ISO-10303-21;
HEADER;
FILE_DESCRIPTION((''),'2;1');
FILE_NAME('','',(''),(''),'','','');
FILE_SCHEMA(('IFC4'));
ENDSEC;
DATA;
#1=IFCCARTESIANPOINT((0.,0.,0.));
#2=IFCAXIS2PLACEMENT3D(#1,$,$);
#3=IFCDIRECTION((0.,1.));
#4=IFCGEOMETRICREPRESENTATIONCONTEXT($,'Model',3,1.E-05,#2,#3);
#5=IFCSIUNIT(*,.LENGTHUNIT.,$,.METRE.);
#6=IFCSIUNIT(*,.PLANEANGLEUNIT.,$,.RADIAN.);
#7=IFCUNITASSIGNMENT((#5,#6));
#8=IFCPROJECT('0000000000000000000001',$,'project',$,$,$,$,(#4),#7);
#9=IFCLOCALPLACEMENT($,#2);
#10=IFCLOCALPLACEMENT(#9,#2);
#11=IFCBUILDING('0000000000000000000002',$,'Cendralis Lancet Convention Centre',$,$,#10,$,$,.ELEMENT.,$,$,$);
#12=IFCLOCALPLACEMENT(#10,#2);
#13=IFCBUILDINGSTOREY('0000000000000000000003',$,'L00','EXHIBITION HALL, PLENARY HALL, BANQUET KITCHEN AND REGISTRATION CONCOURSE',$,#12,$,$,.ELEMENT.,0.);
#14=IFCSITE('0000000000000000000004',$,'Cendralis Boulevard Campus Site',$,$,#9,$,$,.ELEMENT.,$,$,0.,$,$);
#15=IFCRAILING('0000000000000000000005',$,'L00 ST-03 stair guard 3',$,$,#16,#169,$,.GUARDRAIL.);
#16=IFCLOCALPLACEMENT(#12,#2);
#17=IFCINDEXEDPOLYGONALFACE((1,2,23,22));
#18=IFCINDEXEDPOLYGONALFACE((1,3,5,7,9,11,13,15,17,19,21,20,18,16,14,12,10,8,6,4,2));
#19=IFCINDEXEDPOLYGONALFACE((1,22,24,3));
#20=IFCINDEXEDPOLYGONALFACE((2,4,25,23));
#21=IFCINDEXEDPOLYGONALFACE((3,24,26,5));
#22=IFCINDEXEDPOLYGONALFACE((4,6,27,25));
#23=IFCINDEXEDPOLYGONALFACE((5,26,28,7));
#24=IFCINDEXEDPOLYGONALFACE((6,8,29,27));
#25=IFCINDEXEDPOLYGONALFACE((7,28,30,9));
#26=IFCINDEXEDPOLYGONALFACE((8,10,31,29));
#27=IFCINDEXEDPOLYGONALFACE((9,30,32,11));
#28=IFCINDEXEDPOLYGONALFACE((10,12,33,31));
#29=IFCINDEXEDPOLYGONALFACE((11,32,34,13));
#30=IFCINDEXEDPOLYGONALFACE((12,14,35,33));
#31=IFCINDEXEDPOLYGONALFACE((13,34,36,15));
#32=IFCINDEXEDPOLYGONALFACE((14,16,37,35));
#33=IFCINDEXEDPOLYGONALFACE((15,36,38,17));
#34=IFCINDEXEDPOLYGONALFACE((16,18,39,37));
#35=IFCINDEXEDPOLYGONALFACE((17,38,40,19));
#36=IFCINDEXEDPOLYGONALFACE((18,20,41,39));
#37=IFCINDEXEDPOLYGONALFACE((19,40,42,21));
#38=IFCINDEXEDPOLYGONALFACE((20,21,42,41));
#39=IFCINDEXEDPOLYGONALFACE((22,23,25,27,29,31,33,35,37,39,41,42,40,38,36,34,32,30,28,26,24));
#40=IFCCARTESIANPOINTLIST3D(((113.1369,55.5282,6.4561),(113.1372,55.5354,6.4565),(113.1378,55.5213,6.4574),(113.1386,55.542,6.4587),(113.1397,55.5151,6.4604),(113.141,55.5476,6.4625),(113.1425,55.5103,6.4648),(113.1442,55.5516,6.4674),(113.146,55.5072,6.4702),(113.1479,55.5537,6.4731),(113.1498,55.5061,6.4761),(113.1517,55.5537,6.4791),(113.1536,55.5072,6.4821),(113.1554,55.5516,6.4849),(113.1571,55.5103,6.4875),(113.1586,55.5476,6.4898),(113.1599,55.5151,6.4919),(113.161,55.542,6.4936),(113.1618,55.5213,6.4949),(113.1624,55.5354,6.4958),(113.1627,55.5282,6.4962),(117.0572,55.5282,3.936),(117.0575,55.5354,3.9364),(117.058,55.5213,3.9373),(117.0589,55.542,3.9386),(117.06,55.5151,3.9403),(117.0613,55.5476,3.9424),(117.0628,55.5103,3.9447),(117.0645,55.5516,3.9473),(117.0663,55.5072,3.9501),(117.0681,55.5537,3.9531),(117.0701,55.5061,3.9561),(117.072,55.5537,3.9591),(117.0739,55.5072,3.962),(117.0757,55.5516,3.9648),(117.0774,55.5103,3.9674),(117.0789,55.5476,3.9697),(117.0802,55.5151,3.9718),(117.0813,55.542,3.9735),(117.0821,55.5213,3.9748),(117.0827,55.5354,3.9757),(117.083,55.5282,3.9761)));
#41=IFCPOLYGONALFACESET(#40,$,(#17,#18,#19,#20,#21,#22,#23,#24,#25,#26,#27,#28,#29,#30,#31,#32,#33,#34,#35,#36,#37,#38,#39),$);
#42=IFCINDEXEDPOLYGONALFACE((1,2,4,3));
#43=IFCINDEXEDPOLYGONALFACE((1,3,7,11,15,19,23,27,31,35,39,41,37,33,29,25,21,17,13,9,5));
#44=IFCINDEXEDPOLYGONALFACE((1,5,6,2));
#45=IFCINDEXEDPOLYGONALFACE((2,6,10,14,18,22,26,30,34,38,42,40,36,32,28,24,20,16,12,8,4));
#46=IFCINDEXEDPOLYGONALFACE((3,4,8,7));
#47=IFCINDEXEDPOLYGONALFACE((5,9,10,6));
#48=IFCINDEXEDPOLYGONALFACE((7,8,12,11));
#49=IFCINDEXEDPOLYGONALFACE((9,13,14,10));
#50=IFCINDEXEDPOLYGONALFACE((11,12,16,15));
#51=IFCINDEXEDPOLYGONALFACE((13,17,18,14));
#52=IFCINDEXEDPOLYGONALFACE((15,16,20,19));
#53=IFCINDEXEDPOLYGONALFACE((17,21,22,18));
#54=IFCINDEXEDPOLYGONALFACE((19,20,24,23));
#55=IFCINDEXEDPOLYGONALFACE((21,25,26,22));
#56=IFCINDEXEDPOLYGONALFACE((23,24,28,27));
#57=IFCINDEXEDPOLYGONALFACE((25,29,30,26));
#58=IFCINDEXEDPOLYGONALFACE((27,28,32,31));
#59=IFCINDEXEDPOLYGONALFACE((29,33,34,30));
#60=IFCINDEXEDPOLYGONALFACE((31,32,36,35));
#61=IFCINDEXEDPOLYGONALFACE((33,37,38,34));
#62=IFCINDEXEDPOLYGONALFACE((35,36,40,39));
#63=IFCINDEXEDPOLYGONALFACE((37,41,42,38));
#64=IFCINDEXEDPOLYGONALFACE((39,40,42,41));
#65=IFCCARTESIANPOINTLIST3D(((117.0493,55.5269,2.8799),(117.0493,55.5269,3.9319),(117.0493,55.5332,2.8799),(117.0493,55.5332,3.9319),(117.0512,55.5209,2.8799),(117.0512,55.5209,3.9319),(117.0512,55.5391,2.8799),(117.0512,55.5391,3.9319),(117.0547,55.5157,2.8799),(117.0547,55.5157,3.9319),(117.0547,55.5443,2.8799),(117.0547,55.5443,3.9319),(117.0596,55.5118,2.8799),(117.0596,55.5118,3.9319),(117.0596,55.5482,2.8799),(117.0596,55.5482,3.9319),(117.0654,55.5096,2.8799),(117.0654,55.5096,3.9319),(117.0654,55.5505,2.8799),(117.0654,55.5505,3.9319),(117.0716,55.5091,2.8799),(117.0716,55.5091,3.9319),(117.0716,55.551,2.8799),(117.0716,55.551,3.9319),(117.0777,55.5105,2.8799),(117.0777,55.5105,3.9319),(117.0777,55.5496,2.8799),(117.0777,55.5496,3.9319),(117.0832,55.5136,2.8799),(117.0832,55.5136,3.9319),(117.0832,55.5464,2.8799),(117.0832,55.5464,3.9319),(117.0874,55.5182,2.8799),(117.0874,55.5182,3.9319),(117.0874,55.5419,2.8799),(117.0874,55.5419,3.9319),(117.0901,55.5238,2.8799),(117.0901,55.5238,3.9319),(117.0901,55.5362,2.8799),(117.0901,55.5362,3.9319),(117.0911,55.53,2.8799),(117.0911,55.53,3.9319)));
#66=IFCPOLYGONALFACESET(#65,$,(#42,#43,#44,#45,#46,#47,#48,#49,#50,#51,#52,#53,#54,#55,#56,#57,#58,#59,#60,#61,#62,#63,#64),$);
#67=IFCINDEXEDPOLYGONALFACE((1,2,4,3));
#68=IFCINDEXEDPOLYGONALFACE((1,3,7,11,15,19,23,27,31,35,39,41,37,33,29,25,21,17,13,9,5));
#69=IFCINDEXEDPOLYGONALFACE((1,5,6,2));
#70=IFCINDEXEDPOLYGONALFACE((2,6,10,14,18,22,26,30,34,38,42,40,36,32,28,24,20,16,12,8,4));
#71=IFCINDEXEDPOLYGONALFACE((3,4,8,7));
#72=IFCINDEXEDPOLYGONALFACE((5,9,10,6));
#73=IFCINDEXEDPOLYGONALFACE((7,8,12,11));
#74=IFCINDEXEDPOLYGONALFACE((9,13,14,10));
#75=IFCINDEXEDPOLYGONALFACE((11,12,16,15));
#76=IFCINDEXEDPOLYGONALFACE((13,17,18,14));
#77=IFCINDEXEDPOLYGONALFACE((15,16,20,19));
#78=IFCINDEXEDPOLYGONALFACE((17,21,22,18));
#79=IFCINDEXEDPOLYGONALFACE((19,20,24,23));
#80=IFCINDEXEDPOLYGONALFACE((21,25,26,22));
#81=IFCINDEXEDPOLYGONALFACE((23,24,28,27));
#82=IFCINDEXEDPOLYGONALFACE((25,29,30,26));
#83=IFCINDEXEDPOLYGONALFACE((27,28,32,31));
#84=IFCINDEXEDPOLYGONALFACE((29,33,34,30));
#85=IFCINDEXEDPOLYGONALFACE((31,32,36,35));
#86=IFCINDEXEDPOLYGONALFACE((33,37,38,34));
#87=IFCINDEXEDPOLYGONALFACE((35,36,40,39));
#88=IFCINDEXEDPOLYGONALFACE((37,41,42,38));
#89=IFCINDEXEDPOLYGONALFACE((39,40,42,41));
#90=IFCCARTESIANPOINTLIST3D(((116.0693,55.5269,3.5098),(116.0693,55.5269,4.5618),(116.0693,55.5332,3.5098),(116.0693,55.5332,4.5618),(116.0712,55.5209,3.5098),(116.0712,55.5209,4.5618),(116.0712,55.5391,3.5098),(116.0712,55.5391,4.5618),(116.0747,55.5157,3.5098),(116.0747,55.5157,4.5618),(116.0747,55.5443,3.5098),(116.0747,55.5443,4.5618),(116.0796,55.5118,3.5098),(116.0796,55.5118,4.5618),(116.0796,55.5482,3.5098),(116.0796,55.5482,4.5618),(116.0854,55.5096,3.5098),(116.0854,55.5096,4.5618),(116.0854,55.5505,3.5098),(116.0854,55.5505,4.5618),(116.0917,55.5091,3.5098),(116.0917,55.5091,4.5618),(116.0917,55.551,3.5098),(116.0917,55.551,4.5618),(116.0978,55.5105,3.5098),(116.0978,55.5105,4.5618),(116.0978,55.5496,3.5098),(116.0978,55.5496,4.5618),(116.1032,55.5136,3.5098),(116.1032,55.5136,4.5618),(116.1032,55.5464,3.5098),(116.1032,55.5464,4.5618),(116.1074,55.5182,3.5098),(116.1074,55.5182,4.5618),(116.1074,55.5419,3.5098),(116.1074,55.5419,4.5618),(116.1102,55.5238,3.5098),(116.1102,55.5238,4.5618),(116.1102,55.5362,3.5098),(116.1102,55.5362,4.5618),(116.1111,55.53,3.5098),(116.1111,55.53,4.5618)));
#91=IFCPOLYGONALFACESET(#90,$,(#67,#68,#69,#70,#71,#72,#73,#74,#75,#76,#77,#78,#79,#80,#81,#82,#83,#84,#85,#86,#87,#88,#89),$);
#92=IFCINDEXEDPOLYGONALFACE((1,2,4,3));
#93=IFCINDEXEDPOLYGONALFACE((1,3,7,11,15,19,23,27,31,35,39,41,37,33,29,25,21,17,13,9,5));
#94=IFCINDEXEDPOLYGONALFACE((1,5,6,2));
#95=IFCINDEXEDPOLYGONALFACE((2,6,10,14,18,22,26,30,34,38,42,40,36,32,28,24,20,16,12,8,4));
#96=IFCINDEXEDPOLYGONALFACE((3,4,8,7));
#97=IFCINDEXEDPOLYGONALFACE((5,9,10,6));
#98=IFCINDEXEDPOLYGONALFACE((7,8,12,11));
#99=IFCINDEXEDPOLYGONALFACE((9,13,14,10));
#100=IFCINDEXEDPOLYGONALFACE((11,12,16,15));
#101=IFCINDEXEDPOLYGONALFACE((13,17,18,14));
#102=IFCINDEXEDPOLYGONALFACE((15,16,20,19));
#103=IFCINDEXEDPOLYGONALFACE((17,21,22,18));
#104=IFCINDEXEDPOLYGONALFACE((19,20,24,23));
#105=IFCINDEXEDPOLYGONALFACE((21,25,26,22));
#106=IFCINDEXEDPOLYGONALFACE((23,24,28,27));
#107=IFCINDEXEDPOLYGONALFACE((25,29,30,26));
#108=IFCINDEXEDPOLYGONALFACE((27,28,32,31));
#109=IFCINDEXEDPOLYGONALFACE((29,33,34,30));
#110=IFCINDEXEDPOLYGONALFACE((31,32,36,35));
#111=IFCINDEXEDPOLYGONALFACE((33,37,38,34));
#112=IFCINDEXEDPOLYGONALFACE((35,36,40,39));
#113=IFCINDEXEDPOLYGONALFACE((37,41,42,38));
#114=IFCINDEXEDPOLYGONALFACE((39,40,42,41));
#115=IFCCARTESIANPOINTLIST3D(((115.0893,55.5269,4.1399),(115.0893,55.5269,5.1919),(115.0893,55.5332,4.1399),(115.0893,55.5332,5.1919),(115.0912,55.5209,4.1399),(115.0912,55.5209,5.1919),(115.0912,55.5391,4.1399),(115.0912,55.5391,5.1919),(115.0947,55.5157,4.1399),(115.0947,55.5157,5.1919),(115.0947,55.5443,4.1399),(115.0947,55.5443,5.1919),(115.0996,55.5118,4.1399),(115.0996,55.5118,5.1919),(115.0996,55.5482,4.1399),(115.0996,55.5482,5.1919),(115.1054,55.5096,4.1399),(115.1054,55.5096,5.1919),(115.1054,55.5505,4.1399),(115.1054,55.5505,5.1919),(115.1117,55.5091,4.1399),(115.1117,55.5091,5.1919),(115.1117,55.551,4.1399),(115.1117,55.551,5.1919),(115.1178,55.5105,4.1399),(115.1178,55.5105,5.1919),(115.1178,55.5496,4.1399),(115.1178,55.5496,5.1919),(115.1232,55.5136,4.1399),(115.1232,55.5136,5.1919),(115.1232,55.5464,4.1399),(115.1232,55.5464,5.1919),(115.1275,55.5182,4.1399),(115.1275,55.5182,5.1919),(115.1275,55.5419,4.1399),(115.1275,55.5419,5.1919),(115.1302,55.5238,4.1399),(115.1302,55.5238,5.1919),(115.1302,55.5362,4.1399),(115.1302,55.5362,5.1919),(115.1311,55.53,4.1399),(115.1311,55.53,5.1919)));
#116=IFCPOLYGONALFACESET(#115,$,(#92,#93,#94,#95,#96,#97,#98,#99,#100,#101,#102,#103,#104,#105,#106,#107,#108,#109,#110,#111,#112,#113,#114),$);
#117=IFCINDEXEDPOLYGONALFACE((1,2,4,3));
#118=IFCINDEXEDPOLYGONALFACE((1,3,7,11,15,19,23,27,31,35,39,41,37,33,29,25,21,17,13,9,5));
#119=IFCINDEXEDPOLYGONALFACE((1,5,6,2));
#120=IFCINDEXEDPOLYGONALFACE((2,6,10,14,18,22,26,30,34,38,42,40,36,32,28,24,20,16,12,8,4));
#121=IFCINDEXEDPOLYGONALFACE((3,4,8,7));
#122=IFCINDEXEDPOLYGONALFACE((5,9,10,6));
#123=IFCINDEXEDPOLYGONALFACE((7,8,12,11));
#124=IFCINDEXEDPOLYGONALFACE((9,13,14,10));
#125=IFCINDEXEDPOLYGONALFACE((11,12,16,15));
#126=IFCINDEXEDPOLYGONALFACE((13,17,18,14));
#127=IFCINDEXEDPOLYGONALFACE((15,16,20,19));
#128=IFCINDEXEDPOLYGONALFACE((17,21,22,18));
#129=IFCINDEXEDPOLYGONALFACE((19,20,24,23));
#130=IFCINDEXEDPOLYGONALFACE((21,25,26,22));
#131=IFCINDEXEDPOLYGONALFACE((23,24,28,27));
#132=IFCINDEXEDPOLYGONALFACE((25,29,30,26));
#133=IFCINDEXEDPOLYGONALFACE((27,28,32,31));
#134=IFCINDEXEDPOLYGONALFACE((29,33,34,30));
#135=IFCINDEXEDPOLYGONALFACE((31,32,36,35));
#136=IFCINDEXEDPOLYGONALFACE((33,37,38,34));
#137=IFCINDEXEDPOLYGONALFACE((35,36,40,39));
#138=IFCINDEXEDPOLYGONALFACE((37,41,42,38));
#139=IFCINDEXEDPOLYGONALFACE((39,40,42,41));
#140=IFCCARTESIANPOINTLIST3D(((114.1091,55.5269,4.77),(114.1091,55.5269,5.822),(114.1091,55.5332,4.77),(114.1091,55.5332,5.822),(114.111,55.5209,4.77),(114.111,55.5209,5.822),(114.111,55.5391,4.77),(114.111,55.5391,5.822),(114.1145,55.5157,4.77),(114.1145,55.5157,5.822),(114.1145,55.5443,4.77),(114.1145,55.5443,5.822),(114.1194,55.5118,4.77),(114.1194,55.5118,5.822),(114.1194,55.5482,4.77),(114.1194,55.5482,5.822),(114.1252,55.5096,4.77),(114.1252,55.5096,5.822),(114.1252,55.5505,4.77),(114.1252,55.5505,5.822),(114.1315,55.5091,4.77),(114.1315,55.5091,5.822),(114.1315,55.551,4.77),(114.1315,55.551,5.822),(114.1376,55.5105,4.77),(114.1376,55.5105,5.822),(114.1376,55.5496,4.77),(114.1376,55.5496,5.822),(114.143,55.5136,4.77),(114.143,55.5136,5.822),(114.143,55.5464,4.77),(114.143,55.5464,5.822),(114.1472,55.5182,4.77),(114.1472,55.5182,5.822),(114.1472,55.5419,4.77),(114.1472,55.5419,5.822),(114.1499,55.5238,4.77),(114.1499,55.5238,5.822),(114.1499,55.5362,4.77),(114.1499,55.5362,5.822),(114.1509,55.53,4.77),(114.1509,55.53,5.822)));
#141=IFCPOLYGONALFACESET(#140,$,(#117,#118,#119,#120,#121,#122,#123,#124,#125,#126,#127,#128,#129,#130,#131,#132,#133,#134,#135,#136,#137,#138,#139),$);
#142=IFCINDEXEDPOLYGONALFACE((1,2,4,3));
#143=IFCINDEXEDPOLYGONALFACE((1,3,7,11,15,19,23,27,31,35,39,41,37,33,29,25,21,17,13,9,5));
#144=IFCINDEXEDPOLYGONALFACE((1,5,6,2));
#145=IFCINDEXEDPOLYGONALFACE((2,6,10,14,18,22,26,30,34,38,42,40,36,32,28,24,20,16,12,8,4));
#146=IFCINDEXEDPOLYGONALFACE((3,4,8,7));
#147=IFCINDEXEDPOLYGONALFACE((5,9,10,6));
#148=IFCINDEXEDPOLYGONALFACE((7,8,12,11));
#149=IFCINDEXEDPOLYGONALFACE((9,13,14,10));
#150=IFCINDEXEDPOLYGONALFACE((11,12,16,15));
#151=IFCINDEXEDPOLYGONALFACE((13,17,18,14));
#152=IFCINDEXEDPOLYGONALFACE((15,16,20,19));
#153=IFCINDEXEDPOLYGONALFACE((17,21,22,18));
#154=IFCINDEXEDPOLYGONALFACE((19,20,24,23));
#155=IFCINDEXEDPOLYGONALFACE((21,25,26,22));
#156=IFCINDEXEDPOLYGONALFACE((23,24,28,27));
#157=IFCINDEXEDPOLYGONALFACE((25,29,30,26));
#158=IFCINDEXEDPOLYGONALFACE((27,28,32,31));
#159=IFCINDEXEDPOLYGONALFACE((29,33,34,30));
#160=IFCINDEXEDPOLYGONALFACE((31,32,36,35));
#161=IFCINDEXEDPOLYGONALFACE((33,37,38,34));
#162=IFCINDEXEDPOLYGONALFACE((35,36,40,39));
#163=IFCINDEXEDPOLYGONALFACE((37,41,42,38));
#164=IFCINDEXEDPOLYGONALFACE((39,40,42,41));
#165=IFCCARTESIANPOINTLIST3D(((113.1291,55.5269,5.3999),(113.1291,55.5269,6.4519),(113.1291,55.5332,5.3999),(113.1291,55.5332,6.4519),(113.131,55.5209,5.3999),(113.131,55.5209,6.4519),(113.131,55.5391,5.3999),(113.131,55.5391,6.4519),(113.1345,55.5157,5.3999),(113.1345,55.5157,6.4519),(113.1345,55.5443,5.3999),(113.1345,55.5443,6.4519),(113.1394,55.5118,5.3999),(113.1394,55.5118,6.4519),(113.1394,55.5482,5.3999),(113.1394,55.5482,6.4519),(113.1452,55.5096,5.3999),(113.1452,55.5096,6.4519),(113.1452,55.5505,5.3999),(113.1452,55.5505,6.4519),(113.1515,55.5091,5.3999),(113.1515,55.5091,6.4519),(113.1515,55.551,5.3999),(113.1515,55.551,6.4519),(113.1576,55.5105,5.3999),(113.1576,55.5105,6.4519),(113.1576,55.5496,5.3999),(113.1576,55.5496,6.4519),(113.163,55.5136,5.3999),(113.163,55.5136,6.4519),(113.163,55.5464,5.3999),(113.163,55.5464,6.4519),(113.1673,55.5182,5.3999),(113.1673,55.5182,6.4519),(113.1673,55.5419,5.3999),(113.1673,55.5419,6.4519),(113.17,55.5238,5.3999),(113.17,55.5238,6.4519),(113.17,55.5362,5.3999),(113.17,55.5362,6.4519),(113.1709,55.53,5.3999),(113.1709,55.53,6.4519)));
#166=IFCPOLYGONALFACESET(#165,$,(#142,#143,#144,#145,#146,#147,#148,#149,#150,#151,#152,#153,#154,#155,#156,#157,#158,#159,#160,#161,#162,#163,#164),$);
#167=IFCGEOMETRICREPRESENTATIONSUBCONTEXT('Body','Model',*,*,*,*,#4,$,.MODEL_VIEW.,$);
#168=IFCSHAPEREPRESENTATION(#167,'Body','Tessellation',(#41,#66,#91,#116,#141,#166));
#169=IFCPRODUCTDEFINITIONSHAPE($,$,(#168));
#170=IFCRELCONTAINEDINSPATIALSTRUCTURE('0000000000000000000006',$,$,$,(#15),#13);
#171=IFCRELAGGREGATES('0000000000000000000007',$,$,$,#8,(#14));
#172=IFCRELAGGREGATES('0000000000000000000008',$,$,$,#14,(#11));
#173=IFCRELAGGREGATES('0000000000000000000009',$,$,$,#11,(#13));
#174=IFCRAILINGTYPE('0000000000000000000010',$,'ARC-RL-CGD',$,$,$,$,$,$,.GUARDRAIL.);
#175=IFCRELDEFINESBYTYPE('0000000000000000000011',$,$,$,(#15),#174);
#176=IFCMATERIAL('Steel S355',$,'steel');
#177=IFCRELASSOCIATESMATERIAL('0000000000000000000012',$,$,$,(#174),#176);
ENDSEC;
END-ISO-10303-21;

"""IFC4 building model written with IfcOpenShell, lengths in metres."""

from ifc_helpers import new_model, si_unit, direction, frame, origin, origin_2d, place, context, subcontext, project, spatial, circle, extrude, material, type_object, element, save


model = new_model("IFC4")

# Units and contexts
model_context = context("Model", 3, precision=1e-05, world=origin(), true_north=direction((0.0, 1.0)))
body_context = subcontext(model_context, "Body", "Model", "MODEL_VIEW")
ifc_project = project(units=[si_unit("LENGTHUNIT", "METRE"), si_unit("PLANEANGLEUNIT", "RADIAN")], contexts=[model_context])

# Site, building, storey
site_placement = place(None, origin())
site = spatial("IfcSite", under=ifc_project, at=site_placement, Name="Cendralis Boulevard Campus Site", CompositionType="ELEMENT", RefElevation=0.0)
building_placement = place(site_placement, origin())
building = spatial("IfcBuilding", under=site, at=building_placement, Name="Cendralis Lancet Convention Centre", CompositionType="ELEMENT")
storey_placement = place(building_placement, origin())
storey = spatial("IfcBuildingStorey", under=building, at=storey_placement, Name="L00", Description="EXHIBITION HALL, PLENARY HALL, BANQUET KITCHEN AND REGISTRATION CONCOURSE", CompositionType="ELEMENT", Elevation=0.0)

# Railing
ifc_material_1 = material(Name="Steel S355", Category="steel")
railing_type_1 = type_object("IfcRailingType", Name="ARC-RL-CGD", PredefinedType="GUARDRAIL", material=ifc_material_1)
railing_1_placement = place(storey_placement, frame((117.0701, 55.53, 2.8799)))
element("IfcRailing", 1, at=railing_1_placement, inside=storey, type_object=railing_type_1, Name="L00 ST-03 stair guard 3", PredefinedType="GUARDRAIL", context=body_context, shape_type="SweptSolid", body=[
    extrude(circle(Radius=0.0239, at=origin_2d()), frame((0.0, 0.0, 1.0762), z_axis=(-0.841187, 0.0, 0.540744), x_axis=(0.0, -1.0, 0.0)), (0.0, 0.0, 1.0), 4.6604),
    extrude(circle(Radius=0.021, at=origin_2d()), origin(), (0.0, 0.0, 1.0), 1.052),
    extrude(circle(Radius=0.021, at=origin_2d()), frame((-0.98, 0.0, 0.6299)), (0.0, 0.0, 1.0), 1.052),
    extrude(circle(Radius=0.021, at=origin_2d()), frame((-1.96, 0.0, 1.26)), (0.0, 0.0, 1.0), 1.052),
    extrude(circle(Radius=0.021, at=origin_2d()), frame((-2.9402, 0.0, 1.8901)), (0.0, 0.0, 1.0), 1.052),
    extrude(circle(Radius=0.021, at=origin_2d()), frame((-3.9202, 0.0, 2.52)), (0.0, 0.0, 1.0), 1.052),
])

save(model, "model.ifc")
